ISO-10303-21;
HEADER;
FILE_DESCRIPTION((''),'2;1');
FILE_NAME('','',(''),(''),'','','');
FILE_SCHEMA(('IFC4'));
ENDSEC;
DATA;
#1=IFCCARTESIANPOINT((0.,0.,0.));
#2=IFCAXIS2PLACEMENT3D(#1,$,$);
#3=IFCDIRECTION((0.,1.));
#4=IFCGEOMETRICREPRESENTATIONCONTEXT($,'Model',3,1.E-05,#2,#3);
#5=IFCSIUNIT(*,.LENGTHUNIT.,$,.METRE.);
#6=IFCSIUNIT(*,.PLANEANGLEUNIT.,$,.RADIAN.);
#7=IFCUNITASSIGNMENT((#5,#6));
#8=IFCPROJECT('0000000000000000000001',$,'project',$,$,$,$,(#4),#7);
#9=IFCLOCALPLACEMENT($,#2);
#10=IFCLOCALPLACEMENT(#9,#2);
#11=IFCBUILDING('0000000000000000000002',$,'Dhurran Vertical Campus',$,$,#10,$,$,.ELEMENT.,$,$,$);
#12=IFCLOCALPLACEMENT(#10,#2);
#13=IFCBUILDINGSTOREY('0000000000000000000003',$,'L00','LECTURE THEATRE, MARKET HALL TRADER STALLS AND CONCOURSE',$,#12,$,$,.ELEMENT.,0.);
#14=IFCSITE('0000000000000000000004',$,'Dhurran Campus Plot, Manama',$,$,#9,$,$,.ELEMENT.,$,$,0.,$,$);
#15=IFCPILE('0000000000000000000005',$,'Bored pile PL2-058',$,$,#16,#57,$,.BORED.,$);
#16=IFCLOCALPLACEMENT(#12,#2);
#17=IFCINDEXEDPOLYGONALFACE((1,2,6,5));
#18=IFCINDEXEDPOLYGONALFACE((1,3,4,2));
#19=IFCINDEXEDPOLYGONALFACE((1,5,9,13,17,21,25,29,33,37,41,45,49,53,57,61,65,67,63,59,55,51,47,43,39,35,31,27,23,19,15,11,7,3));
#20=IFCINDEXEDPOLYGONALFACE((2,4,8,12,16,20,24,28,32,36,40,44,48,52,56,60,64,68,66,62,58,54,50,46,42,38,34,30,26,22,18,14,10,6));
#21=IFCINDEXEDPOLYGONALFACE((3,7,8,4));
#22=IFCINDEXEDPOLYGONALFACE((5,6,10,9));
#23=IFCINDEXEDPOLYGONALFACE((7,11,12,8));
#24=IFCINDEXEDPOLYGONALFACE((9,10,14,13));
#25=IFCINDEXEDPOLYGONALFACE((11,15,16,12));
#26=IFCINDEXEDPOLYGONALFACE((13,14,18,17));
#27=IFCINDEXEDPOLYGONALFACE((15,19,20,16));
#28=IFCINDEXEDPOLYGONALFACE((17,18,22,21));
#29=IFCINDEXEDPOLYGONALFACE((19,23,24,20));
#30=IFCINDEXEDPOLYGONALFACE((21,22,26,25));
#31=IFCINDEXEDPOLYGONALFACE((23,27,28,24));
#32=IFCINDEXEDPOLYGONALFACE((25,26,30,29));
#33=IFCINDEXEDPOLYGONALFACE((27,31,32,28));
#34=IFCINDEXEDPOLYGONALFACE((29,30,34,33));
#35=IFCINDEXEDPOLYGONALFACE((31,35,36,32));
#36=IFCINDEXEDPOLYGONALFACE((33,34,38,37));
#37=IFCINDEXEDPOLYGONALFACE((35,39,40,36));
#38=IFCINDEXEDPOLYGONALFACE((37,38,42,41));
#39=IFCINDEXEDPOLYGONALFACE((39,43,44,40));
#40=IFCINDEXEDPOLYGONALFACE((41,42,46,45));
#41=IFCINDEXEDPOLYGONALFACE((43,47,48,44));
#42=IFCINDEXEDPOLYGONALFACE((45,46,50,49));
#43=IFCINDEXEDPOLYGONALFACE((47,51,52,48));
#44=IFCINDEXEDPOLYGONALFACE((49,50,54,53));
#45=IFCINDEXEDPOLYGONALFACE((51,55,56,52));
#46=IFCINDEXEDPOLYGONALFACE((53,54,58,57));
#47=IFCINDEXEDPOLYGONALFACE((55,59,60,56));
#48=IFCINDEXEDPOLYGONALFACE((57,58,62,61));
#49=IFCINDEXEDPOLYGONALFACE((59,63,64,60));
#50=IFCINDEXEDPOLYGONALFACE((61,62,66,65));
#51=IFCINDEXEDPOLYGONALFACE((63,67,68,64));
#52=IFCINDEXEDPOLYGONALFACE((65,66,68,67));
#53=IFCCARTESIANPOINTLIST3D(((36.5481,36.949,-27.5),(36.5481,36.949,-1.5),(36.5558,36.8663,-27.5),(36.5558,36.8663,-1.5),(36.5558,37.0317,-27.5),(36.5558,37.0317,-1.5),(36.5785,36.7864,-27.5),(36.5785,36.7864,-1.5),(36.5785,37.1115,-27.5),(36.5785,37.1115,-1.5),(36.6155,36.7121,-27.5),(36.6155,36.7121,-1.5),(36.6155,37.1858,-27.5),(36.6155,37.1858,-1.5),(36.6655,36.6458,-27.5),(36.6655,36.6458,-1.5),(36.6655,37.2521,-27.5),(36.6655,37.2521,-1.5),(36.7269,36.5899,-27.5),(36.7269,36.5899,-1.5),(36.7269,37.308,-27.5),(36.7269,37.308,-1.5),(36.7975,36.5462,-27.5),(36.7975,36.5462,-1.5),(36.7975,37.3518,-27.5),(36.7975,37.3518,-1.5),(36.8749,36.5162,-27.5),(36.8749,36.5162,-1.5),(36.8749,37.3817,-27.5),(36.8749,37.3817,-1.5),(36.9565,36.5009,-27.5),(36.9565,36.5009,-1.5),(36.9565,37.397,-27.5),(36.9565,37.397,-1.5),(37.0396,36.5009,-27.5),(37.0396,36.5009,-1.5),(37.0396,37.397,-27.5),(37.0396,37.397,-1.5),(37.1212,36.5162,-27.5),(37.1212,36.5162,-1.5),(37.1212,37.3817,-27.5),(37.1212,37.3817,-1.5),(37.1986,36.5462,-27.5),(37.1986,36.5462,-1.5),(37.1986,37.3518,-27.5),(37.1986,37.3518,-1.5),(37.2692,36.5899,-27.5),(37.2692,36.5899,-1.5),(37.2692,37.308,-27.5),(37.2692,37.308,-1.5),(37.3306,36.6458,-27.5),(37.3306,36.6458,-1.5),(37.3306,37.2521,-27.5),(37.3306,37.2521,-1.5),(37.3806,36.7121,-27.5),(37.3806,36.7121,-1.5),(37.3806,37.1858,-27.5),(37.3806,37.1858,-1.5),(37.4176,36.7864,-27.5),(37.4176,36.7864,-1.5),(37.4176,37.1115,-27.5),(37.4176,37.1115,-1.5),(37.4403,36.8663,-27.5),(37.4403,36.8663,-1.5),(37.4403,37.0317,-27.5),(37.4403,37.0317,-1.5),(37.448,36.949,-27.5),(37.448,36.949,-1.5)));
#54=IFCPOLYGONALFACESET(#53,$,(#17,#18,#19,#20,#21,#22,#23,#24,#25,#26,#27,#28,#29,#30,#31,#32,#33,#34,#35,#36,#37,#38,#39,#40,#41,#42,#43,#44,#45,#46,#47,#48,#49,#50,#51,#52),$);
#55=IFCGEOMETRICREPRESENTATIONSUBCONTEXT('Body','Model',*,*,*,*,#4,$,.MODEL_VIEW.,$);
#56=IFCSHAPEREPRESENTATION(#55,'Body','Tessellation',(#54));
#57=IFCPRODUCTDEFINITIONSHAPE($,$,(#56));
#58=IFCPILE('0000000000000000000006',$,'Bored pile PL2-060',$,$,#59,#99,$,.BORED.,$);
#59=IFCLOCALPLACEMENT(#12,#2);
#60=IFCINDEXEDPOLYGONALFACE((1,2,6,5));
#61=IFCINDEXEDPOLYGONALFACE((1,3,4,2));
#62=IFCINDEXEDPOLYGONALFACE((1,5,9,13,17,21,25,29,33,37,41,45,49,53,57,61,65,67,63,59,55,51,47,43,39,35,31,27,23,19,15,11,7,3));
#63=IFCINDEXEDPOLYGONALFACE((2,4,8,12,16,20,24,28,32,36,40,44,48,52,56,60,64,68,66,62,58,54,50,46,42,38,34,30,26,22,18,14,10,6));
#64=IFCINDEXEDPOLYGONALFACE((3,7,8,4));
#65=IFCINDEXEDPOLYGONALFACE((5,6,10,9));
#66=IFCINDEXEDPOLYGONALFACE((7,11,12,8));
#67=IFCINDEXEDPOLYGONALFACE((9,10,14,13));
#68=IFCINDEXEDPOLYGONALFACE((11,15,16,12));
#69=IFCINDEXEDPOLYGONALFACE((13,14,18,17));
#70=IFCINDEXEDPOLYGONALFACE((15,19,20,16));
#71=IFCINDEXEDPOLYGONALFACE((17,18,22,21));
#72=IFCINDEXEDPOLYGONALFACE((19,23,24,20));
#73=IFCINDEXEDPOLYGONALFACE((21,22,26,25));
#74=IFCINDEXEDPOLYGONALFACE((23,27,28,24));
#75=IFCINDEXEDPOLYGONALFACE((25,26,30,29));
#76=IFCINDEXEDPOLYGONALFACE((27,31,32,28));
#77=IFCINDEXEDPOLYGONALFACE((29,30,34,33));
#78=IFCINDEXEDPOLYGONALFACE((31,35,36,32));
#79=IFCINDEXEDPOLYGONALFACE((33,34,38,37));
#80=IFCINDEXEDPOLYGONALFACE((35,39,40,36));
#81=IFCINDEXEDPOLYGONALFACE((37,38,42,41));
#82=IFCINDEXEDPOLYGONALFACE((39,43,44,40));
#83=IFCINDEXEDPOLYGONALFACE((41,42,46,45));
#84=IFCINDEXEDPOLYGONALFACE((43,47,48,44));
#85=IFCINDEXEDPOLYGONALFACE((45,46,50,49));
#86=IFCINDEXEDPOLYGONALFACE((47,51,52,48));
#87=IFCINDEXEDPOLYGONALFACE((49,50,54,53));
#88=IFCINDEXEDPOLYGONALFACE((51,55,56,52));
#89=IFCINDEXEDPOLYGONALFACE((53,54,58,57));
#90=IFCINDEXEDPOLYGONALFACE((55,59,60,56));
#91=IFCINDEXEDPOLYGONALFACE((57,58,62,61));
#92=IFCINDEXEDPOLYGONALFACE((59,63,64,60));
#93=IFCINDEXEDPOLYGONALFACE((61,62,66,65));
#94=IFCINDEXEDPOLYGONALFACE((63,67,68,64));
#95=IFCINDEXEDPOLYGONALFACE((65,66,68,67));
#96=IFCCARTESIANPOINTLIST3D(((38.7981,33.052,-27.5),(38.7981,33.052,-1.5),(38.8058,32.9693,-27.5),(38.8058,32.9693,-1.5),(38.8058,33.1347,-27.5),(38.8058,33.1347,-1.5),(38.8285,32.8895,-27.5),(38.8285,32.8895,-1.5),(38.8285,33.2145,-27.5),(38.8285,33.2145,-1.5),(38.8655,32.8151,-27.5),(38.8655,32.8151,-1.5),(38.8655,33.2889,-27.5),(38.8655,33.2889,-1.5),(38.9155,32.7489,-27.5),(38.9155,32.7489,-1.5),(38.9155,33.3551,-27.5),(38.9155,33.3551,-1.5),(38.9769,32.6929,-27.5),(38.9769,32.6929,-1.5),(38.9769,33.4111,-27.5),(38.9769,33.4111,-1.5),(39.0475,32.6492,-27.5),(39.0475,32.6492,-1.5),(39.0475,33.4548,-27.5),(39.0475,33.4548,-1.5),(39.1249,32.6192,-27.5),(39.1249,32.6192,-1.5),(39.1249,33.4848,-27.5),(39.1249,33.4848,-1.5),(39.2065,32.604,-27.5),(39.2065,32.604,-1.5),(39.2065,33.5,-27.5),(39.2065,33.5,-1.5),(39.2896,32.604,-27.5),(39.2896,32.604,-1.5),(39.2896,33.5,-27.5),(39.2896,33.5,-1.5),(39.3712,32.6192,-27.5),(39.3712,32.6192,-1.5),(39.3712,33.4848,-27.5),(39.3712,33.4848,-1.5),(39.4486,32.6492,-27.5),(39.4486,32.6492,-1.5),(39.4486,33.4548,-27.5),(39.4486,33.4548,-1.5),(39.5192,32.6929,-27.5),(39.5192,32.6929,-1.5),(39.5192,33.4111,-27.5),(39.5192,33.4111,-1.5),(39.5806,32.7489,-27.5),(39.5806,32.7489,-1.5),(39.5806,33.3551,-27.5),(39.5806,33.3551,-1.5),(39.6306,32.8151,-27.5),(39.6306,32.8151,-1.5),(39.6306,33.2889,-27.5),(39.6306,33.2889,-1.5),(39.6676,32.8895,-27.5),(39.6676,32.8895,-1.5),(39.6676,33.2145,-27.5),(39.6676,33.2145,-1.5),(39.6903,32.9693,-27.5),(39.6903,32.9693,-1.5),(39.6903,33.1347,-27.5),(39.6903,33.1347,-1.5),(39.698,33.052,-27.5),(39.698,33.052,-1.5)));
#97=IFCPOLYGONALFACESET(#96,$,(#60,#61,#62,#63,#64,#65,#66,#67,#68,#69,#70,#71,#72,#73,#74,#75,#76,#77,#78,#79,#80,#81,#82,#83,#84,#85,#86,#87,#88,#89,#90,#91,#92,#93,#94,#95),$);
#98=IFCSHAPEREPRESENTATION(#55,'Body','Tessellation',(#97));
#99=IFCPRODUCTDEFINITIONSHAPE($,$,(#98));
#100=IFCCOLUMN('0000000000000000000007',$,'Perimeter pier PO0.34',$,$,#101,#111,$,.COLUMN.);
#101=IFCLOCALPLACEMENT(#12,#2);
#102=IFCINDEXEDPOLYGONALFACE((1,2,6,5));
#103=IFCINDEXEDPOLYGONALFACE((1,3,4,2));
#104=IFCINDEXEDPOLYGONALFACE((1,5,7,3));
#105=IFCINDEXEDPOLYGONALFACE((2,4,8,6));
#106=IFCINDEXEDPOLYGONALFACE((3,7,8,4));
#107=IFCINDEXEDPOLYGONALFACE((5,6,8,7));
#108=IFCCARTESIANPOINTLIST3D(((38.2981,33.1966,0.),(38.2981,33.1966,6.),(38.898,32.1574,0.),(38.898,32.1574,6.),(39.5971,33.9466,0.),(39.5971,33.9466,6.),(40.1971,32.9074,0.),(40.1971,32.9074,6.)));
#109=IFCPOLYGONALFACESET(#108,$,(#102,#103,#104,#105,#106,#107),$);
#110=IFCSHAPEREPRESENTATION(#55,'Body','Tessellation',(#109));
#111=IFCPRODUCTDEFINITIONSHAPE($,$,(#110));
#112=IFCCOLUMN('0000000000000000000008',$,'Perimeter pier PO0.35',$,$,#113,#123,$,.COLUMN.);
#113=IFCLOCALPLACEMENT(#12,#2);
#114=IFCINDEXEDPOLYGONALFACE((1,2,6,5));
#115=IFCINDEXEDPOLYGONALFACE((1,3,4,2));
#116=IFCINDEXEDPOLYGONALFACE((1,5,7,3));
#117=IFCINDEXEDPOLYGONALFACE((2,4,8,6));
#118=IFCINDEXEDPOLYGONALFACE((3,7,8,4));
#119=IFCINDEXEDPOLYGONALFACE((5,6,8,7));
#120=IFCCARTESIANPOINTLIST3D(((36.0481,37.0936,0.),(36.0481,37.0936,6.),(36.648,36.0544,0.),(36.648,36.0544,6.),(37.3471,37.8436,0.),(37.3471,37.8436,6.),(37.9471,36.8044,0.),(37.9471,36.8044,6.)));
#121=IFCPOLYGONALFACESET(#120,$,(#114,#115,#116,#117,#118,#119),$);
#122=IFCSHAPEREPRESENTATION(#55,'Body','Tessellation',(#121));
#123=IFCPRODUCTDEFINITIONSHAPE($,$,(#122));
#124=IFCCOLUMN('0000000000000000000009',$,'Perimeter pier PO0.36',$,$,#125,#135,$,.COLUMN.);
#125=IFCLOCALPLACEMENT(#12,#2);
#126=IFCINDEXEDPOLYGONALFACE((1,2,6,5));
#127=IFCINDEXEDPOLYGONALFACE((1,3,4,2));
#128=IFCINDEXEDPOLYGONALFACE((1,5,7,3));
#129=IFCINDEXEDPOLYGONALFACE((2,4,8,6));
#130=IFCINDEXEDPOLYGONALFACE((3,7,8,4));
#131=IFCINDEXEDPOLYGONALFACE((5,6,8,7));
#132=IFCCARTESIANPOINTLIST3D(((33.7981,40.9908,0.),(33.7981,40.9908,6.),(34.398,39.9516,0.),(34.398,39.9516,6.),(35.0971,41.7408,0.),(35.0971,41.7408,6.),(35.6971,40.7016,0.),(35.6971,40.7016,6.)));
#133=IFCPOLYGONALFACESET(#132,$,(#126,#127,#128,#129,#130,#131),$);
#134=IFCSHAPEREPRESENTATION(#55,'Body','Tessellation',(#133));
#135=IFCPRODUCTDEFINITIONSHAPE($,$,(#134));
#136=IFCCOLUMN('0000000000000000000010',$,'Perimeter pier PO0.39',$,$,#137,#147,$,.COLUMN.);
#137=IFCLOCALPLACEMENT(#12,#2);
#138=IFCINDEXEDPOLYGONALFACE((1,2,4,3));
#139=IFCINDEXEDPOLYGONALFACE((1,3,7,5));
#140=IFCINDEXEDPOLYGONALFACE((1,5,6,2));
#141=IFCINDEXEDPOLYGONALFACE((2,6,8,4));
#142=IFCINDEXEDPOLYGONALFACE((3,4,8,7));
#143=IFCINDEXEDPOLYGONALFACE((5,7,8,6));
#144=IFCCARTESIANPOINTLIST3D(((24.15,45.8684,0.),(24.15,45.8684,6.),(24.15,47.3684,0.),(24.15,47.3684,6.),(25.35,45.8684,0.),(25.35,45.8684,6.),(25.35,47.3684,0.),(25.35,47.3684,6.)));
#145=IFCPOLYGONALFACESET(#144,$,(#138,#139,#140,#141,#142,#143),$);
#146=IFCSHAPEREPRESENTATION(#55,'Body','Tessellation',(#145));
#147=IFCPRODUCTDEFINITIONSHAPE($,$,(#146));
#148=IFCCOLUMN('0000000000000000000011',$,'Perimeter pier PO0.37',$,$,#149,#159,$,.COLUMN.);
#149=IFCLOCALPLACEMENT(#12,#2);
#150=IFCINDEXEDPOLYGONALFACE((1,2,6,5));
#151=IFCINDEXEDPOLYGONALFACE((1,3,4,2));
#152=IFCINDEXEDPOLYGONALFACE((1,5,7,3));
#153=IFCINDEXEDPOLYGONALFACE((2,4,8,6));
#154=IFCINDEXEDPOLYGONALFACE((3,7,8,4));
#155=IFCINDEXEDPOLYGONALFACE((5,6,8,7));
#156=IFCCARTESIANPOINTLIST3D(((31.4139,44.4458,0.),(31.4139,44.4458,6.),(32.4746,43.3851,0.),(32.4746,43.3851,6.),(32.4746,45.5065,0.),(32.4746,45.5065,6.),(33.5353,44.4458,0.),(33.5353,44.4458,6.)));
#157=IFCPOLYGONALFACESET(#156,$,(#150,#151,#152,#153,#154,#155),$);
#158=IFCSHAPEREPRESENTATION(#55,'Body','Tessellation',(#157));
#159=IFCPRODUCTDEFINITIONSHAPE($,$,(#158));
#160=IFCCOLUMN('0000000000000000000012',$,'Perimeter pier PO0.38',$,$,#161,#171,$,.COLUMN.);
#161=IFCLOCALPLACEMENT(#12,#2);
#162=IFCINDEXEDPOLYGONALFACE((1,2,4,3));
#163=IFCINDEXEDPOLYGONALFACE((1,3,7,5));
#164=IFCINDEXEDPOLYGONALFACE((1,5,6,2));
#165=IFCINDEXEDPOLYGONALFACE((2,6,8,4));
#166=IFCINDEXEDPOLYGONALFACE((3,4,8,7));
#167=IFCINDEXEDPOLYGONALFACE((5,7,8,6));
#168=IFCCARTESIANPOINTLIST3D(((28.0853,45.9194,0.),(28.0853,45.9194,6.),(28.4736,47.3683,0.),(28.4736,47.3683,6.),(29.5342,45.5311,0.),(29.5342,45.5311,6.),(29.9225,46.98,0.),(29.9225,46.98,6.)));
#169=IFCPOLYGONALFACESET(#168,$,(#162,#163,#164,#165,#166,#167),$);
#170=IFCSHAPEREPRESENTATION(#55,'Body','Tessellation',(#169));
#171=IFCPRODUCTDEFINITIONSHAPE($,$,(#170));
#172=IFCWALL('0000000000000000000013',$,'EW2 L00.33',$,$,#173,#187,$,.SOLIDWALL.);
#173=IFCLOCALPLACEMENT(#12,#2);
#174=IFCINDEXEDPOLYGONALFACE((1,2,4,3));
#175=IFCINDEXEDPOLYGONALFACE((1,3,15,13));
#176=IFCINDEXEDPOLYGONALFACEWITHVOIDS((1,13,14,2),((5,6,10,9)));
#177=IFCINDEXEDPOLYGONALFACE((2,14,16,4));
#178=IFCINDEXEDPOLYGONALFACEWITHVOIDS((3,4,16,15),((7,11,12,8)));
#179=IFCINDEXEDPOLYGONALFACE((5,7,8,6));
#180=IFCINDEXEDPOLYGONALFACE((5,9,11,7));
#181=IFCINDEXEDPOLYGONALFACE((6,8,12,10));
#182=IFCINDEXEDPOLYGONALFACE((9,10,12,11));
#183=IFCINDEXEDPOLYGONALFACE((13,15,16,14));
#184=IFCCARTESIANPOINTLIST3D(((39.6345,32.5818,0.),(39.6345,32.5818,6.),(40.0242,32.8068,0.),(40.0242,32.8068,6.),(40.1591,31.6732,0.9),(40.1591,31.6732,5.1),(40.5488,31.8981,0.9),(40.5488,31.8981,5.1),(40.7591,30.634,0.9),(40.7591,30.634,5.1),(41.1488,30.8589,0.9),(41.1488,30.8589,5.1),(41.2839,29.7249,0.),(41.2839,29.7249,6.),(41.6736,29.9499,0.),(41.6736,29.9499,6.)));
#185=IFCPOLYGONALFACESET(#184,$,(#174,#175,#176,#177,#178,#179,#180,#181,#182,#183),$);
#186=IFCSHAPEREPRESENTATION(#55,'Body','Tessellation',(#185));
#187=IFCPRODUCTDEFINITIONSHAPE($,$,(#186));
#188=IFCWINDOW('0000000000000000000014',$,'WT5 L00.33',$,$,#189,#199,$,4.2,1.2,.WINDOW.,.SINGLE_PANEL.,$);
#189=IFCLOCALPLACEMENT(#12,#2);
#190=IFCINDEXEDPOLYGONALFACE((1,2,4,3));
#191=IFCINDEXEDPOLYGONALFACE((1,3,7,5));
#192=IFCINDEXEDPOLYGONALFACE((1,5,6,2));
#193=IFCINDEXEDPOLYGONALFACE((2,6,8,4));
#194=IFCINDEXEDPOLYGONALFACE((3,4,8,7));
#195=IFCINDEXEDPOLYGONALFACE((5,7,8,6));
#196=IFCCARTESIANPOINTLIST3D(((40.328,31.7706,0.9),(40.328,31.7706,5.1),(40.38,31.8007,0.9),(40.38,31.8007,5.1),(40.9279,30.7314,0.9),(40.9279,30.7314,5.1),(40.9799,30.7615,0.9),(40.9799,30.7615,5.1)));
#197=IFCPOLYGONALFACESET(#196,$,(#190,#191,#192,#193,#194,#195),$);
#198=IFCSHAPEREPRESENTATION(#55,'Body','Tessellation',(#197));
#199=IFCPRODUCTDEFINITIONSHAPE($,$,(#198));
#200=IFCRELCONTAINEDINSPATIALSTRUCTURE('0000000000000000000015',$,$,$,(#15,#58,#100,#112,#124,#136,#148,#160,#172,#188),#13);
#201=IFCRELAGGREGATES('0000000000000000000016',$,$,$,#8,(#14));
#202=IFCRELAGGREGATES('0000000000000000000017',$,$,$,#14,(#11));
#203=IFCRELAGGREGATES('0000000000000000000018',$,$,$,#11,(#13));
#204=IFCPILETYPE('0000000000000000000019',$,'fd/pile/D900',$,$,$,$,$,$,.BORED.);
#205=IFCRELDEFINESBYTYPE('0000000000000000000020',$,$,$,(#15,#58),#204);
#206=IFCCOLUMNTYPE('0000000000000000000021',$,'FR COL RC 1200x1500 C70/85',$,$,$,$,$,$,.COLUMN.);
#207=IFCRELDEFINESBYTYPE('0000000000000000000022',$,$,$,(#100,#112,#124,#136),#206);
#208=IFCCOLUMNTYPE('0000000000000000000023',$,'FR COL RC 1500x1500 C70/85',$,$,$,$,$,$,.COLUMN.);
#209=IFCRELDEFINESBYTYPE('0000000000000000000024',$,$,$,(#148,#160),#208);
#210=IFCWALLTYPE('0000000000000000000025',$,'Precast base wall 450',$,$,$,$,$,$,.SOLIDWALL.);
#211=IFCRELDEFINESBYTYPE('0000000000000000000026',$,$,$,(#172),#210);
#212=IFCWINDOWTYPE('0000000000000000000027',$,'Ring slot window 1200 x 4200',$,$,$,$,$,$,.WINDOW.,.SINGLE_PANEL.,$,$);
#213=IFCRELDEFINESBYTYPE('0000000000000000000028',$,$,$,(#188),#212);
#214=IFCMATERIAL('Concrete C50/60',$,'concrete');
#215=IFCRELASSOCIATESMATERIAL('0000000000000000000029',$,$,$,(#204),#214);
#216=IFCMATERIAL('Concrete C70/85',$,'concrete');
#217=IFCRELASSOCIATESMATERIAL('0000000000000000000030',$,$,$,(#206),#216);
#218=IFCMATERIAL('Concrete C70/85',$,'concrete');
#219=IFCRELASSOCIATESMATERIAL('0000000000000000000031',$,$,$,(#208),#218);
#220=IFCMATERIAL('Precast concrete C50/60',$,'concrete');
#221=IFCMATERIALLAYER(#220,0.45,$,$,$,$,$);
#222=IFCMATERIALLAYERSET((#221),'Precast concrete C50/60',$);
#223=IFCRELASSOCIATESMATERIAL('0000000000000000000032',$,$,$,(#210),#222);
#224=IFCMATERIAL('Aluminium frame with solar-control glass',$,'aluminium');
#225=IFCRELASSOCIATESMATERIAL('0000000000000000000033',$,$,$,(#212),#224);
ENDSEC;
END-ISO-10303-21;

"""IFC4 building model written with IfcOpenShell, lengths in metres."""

from ifc_helpers import new_model, si_unit, direction, frame, frame_2d, origin, origin_2d, place, context, subcontext, project, spatial, rectangle, circle, extrude, material, layer, layer_set, material_profile, profile_set, type_object, element, fill, save


model = new_model("IFC4")

# Units and contexts
model_context = context("Model", 3, precision=1e-05, world=origin(), true_north=direction((0.0, 1.0)))
body_context = subcontext(model_context, "Body", "Model", "MODEL_VIEW")
ifc_project = project(units=[si_unit("LENGTHUNIT", "METRE"), si_unit("PLANEANGLEUNIT", "RADIAN")], contexts=[model_context])

# Site, building, storey
site_placement = place(None, origin())
site = spatial("IfcSite", under=ifc_project, at=site_placement, Name="Dhurran Campus Plot, Manama", CompositionType="ELEMENT", RefElevation=0.0)
building_placement = place(site_placement, origin())
building = spatial("IfcBuilding", under=site, at=building_placement, Name="Dhurran Vertical Campus", CompositionType="ELEMENT")
storey_placement = place(building_placement, origin())
storey = spatial("IfcBuildingStorey", under=building, at=storey_placement, Name="L00", Description="LECTURE THEATRE, MARKET HALL TRADER STALLS AND CONCOURSE", CompositionType="ELEMENT", Elevation=0.0)

# Piles
ifc_material_1 = material(Name="Concrete C50/60", Category="concrete")
ifc_material_profile_1 = material_profile(ifc_material_1, circle(Radius=0.45, at=origin_2d()), Name="fd/pile/D900")
ifc_profile_set_1 = profile_set([ifc_material_profile_1], Name="Concrete C50/60")
pile_type = type_object("IfcPileType", Name="fd/pile/D900", PredefinedType="BORED", material=ifc_profile_set_1)
for number, where, z_axis, x_axis, name in (
    (1, (36.998, 36.949, -1.5), (0.0, 0.0, -1.0), (1.0, 0.0, 0.0), "Bored pile PL2-058"),
    (2, (39.248, 33.052, -1.5), (0.0, 0.0, -1.0), (1.0, 0.0, 0.0), "Bored pile PL2-060"),
):
    element("IfcPile", number, at=place(storey_placement, frame(where, z_axis=z_axis, x_axis=x_axis)), inside=storey, type_object=pile_type, Name=name, PredefinedType="BORED", context=body_context, shape_type="SweptSolid", body=[
        extrude(circle(Radius=0.45, at=origin_2d()), origin(), (0.0, 0.0, 1.0), 26.0),
    ])

# Columns
ifc_material_2 = material(Name="Concrete C70/85", Category="concrete")
ifc_material_profile_2 = material_profile(ifc_material_2, rectangle(XDim=1.2, YDim=1.5, at=origin_2d()), Name="RC 1200x1500")
ifc_profile_set_2 = profile_set([ifc_material_profile_2], Name="Concrete C70/85")
column_type_1 = type_object("IfcColumnType", Name="FR COL RC 1200x1500 C70/85", PredefinedType="COLUMN", material=ifc_profile_set_2)
for number, where, z_axis, x_axis, name in (
    (3, (39.2476, 33.052, 0.0), (0.0, 0.0, 1.0), (-0.5, 0.866025, 0.0), "Perimeter pier PO0.34"),
    (4, (36.9976, 36.949, 0.0), (0.0, 0.0, 1.0), (-0.5, 0.866025, 0.0), "Perimeter pier PO0.35"),
    (5, (34.7476, 40.8462, 0.0), (0.0, 0.0, 1.0), (-0.5, 0.866025, 0.0), "Perimeter pier PO0.36"),
    (6, (24.75, 46.6184, 0.0), (0.0, 0.0, 1.0), (-1.0, 0.0, 0.0), "Perimeter pier PO0.39"),
):
    element("IfcColumn", number, at=place(storey_placement, frame(where, z_axis=z_axis, x_axis=x_axis)), inside=storey, type_object=column_type_1, Name=name, PredefinedType="COLUMN", context=body_context, shape_type="SweptSolid", body=[
        extrude(rectangle(XDim=1.2, YDim=1.5, at=origin_2d()), origin(), (0.0, 0.0, 1.0), 6.0),
    ])
ifc_material_3 = material(Name="Concrete C70/85", Category="concrete")
ifc_material_profile_3 = material_profile(ifc_material_3, rectangle(XDim=1.5, YDim=1.5, at=origin_2d()), Name="RC 1500x1500")
ifc_profile_set_3 = profile_set([ifc_material_profile_3], Name="Concrete C70/85")
column_type_2 = type_object("IfcColumnType", Name="FR COL RC 1500x1500 C70/85", PredefinedType="COLUMN", material=ifc_profile_set_3)
for number, where, z_axis, x_axis, name in (
    (7, (32.4746, 44.4458, 0.0), (0.0, 0.0, 1.0), (-0.707107, 0.707107, 0.0), "Perimeter pier PO0.37"),
    (8, (29.0039, 46.4497, 0.0), (0.0, 0.0, 1.0), (-0.965926, 0.258819, 0.0), "Perimeter pier PO0.38"),
):
    element("IfcColumn", number, at=place(storey_placement, frame(where, z_axis=z_axis, x_axis=x_axis)), inside=storey, type_object=column_type_2, Name=name, PredefinedType="COLUMN", context=body_context, shape_type="SweptSolid", body=[
        extrude(rectangle(XDim=1.5, YDim=1.5, at=origin_2d()), origin(), (0.0, 0.0, 1.0), 6.0),
    ])

# Wall, opening, window
ifc_material_4 = material(Name="Precast concrete C50/60", Category="concrete")
ifc_layer_1 = layer(ifc_material_4, 0.45)
ifc_layer_set_1 = layer_set([ifc_layer_1], Name="Precast concrete C50/60")
wall_type_1 = type_object("IfcWallType", Name="Precast base wall 450", PredefinedType="SOLIDWALL", material=ifc_layer_set_1)
wall_1_placement = place(storey_placement, frame((41.4788, 29.8374, 0.0), z_axis=(0.0, 0.0, 1.0), x_axis=(-0.499992, 0.86603, 0.0)))
wall_1 = element("IfcWall", 9, at=wall_1_placement, inside=storey, type_object=wall_type_1, Name="EW2 L00.33", PredefinedType="SOLIDWALL", context=body_context, shape_type="SweptSolid", body=[
    extrude(rectangle(XDim=3.2988, YDim=0.45, at=frame_2d((1.6494, 0.0))), origin(), (0.0, 0.0, 1.0), 6.0),
])
opening_1_placement = place(wall_1_placement, frame((1.0496, 0.0, 0.8999)))
opening_1 = element("IfcOpeningElement", 10, at=opening_1_placement, cuts=wall_1, PredefinedType="OPENING", context=body_context, shape_type="SweptSolid", body=[
    extrude(rectangle(XDim=1.2, YDim=4.2, at=frame_2d((0.6001, 2.1001))), frame((0.0, 0.2349, 0.0), z_axis=(0.0, -1.0, 0.0), x_axis=(1.0, 0.0, 0.0)), (0.0, 0.0, 1.0), 0.47),
])
ifc_material_5 = material(Name="Aluminium frame with solar-control glass", Category="aluminium")
window_type = type_object("IfcWindowType", Name="Ring slot window 1200 x 4200", PartitioningType="SINGLE_PANEL", PredefinedType="WINDOW", material=ifc_material_5)
window_1_placement = place(opening_1_placement, origin())
window_1 = element("IfcWindow", 11, at=window_1_placement, inside=storey, type_object=window_type, Name="WT5 L00.33", OverallHeight=4.2, OverallWidth=1.2, PartitioningType="SINGLE_PANEL", PredefinedType="WINDOW", context=body_context, shape_type="SweptSolid", body=[
    extrude(rectangle(XDim=1.2, YDim=4.2, at=frame_2d((0.6001, 2.1001))), frame((0.0, 0.03, 0.0), z_axis=(0.0, -1.0, 0.0), x_axis=(1.0, 0.0, 0.0)), (0.0, 0.0, 1.0), 0.0601),
])
fill(opening_1, window_1)

save(model, "model.ifc")
